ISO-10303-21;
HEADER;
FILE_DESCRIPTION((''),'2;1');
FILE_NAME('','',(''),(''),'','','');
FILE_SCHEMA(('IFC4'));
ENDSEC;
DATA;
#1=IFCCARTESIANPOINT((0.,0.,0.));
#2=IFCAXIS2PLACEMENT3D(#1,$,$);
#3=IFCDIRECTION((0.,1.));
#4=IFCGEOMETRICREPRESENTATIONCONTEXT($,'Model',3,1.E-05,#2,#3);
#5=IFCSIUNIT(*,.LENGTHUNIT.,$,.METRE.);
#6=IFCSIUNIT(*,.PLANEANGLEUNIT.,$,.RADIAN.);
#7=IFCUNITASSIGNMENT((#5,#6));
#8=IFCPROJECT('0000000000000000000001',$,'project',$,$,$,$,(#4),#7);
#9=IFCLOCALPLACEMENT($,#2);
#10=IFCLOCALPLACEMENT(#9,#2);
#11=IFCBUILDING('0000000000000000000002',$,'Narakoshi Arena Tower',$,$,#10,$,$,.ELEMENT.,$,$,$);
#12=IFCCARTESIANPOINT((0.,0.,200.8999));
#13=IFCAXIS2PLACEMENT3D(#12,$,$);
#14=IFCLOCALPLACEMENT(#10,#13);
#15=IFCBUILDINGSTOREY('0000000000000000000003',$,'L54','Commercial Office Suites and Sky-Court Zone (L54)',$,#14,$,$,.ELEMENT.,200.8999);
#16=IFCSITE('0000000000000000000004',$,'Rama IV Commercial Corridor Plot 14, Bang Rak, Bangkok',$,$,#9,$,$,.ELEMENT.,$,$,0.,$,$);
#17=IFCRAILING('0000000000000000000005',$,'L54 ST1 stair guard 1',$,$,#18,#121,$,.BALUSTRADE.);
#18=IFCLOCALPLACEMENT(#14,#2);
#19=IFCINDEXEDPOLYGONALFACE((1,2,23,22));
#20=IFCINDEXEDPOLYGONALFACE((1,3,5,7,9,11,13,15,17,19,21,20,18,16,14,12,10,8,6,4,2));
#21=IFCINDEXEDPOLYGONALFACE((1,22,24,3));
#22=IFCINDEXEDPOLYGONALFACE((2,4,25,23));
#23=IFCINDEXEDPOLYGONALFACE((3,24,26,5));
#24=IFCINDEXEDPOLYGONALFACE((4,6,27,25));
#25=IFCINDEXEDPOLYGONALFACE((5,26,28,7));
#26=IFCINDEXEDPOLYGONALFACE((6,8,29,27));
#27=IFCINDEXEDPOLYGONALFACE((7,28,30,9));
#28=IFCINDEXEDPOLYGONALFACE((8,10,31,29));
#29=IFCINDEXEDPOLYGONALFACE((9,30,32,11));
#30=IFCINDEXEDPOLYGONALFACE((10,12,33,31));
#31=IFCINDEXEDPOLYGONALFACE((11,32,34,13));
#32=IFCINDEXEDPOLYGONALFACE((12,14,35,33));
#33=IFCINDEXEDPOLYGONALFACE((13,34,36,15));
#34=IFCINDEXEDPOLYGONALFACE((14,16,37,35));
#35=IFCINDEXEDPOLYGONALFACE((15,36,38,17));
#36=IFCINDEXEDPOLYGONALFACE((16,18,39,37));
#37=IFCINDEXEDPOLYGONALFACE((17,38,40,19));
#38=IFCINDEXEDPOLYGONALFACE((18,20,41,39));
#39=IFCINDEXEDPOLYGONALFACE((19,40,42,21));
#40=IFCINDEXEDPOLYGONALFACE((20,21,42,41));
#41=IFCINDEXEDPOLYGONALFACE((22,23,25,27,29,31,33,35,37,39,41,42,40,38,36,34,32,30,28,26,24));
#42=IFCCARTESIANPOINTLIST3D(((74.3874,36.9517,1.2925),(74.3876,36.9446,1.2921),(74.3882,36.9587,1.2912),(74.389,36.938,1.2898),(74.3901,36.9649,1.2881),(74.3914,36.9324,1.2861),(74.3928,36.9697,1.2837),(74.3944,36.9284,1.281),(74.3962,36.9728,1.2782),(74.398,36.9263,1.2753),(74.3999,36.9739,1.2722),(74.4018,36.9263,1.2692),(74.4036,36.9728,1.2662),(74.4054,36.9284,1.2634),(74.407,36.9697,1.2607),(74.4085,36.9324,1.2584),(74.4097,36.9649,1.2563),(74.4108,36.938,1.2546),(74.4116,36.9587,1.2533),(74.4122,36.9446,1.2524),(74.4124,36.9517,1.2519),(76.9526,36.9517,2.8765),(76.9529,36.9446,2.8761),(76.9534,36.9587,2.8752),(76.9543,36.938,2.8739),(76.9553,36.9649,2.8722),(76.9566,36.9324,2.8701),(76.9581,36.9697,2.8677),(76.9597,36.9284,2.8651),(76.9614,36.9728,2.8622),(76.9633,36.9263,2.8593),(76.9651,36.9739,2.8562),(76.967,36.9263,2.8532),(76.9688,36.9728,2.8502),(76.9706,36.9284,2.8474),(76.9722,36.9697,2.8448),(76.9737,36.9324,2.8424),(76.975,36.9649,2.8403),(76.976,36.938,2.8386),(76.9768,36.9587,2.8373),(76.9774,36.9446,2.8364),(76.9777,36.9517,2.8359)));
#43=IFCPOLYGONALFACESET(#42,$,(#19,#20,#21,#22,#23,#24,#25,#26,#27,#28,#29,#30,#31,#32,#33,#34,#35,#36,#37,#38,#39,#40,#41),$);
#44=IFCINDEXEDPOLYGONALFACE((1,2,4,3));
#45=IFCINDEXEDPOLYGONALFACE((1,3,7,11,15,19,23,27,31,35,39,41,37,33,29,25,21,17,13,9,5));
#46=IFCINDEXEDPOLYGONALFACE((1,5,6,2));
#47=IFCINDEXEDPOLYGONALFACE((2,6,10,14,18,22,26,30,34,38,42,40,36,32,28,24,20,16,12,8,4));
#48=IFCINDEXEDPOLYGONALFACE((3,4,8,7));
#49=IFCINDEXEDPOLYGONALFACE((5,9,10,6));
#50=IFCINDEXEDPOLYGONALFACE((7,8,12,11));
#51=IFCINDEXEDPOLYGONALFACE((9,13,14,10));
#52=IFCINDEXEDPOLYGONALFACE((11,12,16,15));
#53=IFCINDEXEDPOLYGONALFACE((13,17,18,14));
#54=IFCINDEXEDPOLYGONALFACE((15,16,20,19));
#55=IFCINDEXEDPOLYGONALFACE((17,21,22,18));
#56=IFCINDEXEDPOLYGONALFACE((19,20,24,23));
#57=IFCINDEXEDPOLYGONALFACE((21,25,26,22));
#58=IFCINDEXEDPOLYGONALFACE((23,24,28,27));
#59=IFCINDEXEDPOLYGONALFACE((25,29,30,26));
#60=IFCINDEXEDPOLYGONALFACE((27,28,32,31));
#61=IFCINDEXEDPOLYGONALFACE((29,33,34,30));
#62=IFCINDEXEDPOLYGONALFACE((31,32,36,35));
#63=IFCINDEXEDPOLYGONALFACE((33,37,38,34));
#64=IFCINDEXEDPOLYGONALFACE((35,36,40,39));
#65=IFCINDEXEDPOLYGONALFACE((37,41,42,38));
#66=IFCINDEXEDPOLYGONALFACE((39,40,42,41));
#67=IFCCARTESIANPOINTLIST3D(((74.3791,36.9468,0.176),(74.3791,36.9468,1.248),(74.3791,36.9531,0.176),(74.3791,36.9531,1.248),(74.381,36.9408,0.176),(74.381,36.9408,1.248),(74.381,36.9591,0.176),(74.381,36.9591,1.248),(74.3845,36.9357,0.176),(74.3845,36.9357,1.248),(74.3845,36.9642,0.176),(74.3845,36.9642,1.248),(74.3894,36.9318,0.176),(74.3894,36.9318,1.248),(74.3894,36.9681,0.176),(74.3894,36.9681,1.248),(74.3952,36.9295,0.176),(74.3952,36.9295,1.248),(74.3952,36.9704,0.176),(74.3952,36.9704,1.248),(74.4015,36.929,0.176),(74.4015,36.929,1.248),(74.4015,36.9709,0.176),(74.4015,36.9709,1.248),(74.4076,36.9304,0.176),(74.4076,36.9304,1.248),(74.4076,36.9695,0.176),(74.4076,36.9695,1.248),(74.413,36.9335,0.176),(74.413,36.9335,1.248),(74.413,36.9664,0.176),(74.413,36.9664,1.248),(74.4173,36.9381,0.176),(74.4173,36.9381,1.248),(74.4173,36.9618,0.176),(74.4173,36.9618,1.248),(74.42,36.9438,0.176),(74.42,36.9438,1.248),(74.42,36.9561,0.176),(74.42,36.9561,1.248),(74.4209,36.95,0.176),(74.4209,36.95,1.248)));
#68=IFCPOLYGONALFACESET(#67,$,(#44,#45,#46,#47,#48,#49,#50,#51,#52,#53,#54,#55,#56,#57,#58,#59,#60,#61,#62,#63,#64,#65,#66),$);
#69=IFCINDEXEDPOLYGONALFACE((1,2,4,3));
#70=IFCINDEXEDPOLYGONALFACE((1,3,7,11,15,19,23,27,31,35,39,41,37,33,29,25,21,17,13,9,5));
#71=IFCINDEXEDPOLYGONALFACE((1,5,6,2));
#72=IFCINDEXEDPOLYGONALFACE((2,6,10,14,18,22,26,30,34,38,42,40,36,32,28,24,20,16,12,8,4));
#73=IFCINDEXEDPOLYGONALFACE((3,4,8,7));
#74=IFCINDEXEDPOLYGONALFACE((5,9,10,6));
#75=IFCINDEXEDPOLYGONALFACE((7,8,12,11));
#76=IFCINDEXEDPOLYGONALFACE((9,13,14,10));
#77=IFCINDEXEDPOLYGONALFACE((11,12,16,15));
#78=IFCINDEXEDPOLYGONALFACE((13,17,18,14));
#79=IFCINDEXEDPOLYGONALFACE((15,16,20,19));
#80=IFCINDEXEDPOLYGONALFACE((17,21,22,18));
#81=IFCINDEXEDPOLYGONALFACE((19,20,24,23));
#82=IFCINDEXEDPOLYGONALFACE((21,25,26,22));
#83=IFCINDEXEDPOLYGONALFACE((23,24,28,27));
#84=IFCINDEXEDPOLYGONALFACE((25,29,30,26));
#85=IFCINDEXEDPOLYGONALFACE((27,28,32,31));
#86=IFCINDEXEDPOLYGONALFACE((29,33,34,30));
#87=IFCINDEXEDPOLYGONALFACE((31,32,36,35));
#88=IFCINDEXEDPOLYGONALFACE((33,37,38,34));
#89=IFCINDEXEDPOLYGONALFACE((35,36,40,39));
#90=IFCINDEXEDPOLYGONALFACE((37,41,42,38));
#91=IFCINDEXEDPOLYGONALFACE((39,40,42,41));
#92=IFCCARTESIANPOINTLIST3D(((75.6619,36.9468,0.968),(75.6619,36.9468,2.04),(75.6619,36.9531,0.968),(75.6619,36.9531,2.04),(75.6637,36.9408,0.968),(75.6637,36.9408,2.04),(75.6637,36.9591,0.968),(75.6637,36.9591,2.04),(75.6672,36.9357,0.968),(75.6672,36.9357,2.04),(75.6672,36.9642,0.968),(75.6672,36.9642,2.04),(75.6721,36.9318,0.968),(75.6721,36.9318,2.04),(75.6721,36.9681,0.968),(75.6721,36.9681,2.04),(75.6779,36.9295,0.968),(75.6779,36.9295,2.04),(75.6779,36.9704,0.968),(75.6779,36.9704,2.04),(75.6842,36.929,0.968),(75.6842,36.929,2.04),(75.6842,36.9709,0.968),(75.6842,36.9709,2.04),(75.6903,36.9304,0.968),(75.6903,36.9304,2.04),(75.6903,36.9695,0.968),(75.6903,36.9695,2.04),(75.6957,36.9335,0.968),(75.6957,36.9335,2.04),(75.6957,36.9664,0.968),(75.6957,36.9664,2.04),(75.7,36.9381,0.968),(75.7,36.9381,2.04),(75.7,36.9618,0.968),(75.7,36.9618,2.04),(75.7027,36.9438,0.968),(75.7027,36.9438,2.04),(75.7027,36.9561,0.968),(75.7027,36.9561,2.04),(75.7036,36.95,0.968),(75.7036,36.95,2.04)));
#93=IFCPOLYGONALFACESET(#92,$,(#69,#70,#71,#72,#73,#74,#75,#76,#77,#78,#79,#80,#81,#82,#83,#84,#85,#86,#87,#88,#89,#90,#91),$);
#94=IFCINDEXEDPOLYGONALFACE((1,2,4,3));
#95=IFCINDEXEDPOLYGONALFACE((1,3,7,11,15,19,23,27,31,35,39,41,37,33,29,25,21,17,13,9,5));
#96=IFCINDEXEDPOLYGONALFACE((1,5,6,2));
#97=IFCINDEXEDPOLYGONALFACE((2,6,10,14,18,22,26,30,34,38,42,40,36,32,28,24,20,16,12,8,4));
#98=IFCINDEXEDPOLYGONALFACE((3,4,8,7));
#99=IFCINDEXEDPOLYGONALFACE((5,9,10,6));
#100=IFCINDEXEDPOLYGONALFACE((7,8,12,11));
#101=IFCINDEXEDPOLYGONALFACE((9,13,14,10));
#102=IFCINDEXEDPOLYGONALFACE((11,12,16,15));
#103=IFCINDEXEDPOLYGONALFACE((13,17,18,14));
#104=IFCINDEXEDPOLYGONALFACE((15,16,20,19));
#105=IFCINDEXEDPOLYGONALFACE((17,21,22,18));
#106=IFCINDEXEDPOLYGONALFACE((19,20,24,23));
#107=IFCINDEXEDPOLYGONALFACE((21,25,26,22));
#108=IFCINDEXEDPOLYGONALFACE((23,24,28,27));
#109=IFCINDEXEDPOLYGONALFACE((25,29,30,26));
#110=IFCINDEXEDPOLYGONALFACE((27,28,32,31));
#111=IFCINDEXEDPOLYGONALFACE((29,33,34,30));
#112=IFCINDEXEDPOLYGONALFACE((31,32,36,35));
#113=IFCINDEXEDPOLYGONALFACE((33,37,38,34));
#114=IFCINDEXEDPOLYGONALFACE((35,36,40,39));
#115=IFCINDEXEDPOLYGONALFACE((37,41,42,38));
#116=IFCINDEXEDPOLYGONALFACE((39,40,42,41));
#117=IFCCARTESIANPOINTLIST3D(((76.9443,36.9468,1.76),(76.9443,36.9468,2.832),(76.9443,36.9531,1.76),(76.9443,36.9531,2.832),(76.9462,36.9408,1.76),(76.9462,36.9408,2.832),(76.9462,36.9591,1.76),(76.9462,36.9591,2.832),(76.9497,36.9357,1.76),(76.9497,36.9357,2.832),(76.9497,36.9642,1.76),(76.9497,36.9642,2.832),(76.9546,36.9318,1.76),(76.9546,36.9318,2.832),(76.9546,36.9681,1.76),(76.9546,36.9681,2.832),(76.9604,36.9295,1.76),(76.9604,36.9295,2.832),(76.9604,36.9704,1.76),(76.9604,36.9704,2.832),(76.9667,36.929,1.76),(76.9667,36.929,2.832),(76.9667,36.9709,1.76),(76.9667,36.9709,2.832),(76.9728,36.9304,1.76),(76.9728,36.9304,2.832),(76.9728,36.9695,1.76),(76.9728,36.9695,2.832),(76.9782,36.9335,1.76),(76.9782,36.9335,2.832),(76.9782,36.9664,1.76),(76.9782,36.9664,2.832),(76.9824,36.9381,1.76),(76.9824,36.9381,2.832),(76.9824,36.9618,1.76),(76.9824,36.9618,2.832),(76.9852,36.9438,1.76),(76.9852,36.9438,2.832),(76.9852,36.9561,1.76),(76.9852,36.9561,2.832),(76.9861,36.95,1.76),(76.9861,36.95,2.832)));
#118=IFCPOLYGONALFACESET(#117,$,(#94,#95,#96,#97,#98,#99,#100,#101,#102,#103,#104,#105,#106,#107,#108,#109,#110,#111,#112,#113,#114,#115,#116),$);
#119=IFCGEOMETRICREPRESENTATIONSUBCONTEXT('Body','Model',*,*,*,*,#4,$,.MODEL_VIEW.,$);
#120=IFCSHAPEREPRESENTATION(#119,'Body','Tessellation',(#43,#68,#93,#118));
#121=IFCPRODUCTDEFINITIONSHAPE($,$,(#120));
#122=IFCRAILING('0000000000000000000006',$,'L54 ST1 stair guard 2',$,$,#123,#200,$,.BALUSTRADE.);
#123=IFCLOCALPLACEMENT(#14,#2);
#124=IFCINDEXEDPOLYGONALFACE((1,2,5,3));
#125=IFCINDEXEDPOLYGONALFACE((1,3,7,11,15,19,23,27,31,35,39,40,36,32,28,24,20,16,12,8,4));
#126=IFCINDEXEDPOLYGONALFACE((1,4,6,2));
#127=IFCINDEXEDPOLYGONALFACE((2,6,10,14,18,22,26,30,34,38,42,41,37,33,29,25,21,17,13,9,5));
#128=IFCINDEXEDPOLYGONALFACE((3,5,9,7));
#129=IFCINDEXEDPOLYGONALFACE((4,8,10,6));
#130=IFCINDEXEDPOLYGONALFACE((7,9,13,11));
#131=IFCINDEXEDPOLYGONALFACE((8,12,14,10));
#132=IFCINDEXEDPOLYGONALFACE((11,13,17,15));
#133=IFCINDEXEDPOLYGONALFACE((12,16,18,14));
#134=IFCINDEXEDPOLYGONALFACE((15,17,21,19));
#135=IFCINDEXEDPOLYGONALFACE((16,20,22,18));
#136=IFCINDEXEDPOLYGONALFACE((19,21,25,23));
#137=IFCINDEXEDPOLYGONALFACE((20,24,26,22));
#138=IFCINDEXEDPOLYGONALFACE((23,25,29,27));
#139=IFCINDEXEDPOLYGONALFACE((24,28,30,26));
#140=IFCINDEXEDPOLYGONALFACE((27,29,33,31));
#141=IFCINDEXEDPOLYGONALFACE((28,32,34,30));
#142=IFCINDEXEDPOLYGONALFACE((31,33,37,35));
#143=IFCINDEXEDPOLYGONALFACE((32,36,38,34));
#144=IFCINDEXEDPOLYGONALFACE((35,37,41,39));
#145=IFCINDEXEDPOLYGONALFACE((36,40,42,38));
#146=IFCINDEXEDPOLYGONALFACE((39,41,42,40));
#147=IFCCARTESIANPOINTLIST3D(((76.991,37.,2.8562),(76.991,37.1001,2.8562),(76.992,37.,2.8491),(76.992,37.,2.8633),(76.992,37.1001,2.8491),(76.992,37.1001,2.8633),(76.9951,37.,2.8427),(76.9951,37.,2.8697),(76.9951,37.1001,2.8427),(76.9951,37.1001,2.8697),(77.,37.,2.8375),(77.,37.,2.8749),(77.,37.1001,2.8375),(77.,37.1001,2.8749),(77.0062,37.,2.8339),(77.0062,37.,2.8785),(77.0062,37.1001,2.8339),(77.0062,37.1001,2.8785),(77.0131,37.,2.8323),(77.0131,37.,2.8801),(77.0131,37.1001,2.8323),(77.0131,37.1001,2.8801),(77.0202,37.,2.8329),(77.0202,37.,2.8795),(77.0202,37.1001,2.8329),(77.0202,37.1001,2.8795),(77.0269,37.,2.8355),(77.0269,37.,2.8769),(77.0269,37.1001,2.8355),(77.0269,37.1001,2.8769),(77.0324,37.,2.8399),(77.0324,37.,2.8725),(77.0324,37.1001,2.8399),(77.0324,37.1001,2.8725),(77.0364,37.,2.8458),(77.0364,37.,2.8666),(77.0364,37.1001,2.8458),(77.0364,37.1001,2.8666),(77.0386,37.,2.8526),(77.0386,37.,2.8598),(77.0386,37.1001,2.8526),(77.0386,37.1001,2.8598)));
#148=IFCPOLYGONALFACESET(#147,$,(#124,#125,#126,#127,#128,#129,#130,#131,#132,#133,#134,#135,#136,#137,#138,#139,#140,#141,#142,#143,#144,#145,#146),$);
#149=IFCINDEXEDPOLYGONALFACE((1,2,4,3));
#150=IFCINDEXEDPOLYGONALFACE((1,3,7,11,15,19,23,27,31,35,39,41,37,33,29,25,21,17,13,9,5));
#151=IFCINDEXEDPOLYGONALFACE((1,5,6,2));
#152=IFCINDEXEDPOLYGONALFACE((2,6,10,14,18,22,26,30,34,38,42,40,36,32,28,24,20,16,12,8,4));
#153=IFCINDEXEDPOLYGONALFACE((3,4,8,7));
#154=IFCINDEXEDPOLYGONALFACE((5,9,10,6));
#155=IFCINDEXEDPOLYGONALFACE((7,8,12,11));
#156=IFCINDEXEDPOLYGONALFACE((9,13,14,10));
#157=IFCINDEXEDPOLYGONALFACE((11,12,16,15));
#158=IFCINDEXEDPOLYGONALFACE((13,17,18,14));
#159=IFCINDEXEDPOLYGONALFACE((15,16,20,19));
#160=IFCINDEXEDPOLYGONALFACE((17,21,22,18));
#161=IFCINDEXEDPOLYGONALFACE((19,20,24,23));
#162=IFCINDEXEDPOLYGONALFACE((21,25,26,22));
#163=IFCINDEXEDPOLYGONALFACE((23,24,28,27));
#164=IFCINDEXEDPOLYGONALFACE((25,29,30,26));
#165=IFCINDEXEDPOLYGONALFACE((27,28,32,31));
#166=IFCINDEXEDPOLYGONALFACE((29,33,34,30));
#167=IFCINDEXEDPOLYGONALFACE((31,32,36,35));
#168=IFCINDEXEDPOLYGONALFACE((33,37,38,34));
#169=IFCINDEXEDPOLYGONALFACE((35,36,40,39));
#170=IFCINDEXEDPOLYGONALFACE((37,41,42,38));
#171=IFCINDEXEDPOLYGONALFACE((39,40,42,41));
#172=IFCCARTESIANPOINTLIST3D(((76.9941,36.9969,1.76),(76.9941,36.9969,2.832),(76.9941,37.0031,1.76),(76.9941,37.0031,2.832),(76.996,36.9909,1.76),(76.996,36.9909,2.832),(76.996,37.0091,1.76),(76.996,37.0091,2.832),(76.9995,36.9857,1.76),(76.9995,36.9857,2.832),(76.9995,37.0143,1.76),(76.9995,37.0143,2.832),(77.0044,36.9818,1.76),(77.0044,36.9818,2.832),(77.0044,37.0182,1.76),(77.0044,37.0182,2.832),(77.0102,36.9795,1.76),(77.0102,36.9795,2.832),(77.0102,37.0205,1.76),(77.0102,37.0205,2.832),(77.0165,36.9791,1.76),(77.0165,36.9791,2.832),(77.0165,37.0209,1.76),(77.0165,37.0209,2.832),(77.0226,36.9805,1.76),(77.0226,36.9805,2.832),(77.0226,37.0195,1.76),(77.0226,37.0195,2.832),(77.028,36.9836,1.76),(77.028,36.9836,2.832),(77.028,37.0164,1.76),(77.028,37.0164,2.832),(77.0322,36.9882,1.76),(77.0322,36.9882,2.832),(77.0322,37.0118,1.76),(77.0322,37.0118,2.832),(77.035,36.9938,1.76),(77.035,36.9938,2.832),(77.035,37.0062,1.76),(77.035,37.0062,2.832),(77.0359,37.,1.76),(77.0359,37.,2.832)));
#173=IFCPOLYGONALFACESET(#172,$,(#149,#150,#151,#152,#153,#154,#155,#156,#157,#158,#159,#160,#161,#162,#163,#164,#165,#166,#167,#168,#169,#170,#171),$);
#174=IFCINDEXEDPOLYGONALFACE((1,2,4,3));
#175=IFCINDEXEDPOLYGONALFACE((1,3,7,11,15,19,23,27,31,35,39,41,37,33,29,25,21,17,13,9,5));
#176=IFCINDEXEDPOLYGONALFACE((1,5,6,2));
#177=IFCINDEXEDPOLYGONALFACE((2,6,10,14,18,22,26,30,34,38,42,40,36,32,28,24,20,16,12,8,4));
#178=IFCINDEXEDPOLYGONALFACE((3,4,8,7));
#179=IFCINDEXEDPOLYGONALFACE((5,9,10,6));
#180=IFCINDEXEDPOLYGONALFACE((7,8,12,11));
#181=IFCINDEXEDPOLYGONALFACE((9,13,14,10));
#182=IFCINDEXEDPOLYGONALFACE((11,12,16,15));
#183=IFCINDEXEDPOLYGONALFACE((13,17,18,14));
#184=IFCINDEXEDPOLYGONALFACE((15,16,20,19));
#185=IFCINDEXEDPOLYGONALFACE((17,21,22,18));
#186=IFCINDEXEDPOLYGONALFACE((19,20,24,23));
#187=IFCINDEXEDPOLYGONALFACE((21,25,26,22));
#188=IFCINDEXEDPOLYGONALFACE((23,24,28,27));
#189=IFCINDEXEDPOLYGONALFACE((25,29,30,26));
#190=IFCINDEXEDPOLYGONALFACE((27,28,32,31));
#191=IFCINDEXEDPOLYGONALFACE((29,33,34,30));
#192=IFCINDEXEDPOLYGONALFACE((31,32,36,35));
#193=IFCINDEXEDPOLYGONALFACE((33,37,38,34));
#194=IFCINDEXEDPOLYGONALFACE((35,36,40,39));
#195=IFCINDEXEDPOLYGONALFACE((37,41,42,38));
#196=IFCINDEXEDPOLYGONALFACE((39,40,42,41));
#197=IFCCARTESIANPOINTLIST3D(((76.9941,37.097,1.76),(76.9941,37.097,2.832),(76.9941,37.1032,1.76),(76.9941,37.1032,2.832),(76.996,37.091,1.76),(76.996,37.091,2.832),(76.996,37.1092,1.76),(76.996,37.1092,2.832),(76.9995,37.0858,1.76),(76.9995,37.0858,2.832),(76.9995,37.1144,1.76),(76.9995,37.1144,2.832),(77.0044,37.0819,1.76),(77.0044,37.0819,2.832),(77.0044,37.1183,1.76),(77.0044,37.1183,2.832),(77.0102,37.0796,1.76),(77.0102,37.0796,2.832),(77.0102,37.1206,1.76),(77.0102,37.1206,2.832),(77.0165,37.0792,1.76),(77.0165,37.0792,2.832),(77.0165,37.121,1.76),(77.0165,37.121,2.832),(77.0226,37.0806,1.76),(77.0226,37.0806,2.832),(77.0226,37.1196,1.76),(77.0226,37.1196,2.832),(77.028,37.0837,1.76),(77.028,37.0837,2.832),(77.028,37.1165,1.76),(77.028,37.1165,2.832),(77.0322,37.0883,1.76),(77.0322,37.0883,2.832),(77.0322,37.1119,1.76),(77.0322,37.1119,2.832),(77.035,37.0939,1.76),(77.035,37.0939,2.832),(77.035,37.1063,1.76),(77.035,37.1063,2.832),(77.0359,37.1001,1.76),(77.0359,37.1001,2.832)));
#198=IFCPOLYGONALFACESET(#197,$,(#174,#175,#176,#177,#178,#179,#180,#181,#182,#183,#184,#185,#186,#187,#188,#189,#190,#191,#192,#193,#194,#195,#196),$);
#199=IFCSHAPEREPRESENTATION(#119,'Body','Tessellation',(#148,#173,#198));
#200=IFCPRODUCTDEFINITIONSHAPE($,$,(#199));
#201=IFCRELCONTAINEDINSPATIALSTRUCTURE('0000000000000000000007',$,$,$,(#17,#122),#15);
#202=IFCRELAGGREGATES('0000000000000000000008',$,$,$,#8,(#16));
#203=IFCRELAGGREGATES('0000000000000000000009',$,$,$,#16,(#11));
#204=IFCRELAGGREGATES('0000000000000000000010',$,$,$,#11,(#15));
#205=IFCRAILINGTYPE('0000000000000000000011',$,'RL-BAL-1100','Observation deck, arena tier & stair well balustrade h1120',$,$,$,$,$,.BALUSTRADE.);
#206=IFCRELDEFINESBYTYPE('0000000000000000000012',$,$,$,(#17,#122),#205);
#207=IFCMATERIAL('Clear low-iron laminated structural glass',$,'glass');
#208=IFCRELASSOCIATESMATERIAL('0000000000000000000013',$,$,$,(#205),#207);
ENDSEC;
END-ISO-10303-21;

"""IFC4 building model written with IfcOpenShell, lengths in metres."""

from ifc_helpers import new_model, si_unit, direction, frame, origin, origin_2d, place, context, subcontext, project, spatial, circle, extrude, material, type_object, element, save


model = new_model("IFC4")

# Units and contexts
model_context = context("Model", 3, precision=1e-05, world=origin(), true_north=direction((0.0, 1.0)))
body_context = subcontext(model_context, "Body", "Model", "MODEL_VIEW")
ifc_project = project(units=[si_unit("LENGTHUNIT", "METRE"), si_unit("PLANEANGLEUNIT", "RADIAN")], contexts=[model_context])

# Site, building, storey
site_placement = place(None, origin())
site = spatial("IfcSite", under=ifc_project, at=site_placement, Name="Rama IV Commercial Corridor Plot 14, Bang Rak, Bangkok", CompositionType="ELEMENT", RefElevation=0.0)
building_placement = place(site_placement, origin())
building = spatial("IfcBuilding", under=site, at=building_placement, Name="Narakoshi Arena Tower", CompositionType="ELEMENT")
storey_placement = place(building_placement, frame((0.0, 0.0, 200.8999)))
storey = spatial("IfcBuildingStorey", under=building, at=storey_placement, Name="L54", Description="Commercial Office Suites and Sky-Court Zone (L54)", CompositionType="ELEMENT", Elevation=200.8999)

# Railings
ifc_material_1 = material(Name="Clear low-iron laminated structural glass", Category="glass")
railing_type_1 = type_object("IfcRailingType", Name="RL-BAL-1100", Description="Observation deck, arena tier & stair well balustrade h1120", PredefinedType="BALUSTRADE", material=ifc_material_1)
railing_1_placement = place(storey_placement, frame((74.3999, 36.95, 0.176)))
element("IfcRailing", 1, at=railing_1_placement, inside=storey, type_object=railing_type_1, Name="L54 ST1 stair guard 1", PredefinedType="BALUSTRADE", context=body_context, shape_type="SweptSolid", body=[
    extrude(circle(Radius=0.0239, at=origin_2d()), frame((0.0, 0.0, 1.0962), z_axis=(0.850857, 0.0, 0.525398), x_axis=(0.0, 1.0, 0.0)), (0.0, 0.0, 1.0), 3.0149),
    extrude(circle(Radius=0.021, at=origin_2d()), origin(), (0.0, 0.0, 1.0), 1.072),
    extrude(circle(Radius=0.021, at=origin_2d()), frame((1.2827, 0.0, 0.792)), (0.0, 0.0, 1.0), 1.072),
    extrude(circle(Radius=0.021, at=origin_2d()), frame((2.5652, 0.0, 1.584)), (0.0, 0.0, 1.0), 1.072),
])
railing_2_placement = place(storey_placement, frame((77.0149, 37.0, 1.76)))
element("IfcRailing", 2, at=railing_2_placement, inside=storey, type_object=railing_type_1, Name="L54 ST1 stair guard 2", PredefinedType="BALUSTRADE", context=body_context, shape_type="SweptSolid", body=[
    extrude(circle(Radius=0.0239, at=origin_2d()), frame((0.0, 0.0, 1.0962), z_axis=(0.0, 1.0, 0.0), x_axis=(-1.0, 0.0, 0.0)), (0.0, 0.0, 1.0), 0.1001),
    extrude(circle(Radius=0.021, at=origin_2d()), origin(), (0.0, 0.0, 1.0), 1.072),
    extrude(circle(Radius=0.021, at=origin_2d()), frame((0.0, 0.1001, 0.0)), (0.0, 0.0, 1.0), 1.072),
])

save(model, "model.ifc")
